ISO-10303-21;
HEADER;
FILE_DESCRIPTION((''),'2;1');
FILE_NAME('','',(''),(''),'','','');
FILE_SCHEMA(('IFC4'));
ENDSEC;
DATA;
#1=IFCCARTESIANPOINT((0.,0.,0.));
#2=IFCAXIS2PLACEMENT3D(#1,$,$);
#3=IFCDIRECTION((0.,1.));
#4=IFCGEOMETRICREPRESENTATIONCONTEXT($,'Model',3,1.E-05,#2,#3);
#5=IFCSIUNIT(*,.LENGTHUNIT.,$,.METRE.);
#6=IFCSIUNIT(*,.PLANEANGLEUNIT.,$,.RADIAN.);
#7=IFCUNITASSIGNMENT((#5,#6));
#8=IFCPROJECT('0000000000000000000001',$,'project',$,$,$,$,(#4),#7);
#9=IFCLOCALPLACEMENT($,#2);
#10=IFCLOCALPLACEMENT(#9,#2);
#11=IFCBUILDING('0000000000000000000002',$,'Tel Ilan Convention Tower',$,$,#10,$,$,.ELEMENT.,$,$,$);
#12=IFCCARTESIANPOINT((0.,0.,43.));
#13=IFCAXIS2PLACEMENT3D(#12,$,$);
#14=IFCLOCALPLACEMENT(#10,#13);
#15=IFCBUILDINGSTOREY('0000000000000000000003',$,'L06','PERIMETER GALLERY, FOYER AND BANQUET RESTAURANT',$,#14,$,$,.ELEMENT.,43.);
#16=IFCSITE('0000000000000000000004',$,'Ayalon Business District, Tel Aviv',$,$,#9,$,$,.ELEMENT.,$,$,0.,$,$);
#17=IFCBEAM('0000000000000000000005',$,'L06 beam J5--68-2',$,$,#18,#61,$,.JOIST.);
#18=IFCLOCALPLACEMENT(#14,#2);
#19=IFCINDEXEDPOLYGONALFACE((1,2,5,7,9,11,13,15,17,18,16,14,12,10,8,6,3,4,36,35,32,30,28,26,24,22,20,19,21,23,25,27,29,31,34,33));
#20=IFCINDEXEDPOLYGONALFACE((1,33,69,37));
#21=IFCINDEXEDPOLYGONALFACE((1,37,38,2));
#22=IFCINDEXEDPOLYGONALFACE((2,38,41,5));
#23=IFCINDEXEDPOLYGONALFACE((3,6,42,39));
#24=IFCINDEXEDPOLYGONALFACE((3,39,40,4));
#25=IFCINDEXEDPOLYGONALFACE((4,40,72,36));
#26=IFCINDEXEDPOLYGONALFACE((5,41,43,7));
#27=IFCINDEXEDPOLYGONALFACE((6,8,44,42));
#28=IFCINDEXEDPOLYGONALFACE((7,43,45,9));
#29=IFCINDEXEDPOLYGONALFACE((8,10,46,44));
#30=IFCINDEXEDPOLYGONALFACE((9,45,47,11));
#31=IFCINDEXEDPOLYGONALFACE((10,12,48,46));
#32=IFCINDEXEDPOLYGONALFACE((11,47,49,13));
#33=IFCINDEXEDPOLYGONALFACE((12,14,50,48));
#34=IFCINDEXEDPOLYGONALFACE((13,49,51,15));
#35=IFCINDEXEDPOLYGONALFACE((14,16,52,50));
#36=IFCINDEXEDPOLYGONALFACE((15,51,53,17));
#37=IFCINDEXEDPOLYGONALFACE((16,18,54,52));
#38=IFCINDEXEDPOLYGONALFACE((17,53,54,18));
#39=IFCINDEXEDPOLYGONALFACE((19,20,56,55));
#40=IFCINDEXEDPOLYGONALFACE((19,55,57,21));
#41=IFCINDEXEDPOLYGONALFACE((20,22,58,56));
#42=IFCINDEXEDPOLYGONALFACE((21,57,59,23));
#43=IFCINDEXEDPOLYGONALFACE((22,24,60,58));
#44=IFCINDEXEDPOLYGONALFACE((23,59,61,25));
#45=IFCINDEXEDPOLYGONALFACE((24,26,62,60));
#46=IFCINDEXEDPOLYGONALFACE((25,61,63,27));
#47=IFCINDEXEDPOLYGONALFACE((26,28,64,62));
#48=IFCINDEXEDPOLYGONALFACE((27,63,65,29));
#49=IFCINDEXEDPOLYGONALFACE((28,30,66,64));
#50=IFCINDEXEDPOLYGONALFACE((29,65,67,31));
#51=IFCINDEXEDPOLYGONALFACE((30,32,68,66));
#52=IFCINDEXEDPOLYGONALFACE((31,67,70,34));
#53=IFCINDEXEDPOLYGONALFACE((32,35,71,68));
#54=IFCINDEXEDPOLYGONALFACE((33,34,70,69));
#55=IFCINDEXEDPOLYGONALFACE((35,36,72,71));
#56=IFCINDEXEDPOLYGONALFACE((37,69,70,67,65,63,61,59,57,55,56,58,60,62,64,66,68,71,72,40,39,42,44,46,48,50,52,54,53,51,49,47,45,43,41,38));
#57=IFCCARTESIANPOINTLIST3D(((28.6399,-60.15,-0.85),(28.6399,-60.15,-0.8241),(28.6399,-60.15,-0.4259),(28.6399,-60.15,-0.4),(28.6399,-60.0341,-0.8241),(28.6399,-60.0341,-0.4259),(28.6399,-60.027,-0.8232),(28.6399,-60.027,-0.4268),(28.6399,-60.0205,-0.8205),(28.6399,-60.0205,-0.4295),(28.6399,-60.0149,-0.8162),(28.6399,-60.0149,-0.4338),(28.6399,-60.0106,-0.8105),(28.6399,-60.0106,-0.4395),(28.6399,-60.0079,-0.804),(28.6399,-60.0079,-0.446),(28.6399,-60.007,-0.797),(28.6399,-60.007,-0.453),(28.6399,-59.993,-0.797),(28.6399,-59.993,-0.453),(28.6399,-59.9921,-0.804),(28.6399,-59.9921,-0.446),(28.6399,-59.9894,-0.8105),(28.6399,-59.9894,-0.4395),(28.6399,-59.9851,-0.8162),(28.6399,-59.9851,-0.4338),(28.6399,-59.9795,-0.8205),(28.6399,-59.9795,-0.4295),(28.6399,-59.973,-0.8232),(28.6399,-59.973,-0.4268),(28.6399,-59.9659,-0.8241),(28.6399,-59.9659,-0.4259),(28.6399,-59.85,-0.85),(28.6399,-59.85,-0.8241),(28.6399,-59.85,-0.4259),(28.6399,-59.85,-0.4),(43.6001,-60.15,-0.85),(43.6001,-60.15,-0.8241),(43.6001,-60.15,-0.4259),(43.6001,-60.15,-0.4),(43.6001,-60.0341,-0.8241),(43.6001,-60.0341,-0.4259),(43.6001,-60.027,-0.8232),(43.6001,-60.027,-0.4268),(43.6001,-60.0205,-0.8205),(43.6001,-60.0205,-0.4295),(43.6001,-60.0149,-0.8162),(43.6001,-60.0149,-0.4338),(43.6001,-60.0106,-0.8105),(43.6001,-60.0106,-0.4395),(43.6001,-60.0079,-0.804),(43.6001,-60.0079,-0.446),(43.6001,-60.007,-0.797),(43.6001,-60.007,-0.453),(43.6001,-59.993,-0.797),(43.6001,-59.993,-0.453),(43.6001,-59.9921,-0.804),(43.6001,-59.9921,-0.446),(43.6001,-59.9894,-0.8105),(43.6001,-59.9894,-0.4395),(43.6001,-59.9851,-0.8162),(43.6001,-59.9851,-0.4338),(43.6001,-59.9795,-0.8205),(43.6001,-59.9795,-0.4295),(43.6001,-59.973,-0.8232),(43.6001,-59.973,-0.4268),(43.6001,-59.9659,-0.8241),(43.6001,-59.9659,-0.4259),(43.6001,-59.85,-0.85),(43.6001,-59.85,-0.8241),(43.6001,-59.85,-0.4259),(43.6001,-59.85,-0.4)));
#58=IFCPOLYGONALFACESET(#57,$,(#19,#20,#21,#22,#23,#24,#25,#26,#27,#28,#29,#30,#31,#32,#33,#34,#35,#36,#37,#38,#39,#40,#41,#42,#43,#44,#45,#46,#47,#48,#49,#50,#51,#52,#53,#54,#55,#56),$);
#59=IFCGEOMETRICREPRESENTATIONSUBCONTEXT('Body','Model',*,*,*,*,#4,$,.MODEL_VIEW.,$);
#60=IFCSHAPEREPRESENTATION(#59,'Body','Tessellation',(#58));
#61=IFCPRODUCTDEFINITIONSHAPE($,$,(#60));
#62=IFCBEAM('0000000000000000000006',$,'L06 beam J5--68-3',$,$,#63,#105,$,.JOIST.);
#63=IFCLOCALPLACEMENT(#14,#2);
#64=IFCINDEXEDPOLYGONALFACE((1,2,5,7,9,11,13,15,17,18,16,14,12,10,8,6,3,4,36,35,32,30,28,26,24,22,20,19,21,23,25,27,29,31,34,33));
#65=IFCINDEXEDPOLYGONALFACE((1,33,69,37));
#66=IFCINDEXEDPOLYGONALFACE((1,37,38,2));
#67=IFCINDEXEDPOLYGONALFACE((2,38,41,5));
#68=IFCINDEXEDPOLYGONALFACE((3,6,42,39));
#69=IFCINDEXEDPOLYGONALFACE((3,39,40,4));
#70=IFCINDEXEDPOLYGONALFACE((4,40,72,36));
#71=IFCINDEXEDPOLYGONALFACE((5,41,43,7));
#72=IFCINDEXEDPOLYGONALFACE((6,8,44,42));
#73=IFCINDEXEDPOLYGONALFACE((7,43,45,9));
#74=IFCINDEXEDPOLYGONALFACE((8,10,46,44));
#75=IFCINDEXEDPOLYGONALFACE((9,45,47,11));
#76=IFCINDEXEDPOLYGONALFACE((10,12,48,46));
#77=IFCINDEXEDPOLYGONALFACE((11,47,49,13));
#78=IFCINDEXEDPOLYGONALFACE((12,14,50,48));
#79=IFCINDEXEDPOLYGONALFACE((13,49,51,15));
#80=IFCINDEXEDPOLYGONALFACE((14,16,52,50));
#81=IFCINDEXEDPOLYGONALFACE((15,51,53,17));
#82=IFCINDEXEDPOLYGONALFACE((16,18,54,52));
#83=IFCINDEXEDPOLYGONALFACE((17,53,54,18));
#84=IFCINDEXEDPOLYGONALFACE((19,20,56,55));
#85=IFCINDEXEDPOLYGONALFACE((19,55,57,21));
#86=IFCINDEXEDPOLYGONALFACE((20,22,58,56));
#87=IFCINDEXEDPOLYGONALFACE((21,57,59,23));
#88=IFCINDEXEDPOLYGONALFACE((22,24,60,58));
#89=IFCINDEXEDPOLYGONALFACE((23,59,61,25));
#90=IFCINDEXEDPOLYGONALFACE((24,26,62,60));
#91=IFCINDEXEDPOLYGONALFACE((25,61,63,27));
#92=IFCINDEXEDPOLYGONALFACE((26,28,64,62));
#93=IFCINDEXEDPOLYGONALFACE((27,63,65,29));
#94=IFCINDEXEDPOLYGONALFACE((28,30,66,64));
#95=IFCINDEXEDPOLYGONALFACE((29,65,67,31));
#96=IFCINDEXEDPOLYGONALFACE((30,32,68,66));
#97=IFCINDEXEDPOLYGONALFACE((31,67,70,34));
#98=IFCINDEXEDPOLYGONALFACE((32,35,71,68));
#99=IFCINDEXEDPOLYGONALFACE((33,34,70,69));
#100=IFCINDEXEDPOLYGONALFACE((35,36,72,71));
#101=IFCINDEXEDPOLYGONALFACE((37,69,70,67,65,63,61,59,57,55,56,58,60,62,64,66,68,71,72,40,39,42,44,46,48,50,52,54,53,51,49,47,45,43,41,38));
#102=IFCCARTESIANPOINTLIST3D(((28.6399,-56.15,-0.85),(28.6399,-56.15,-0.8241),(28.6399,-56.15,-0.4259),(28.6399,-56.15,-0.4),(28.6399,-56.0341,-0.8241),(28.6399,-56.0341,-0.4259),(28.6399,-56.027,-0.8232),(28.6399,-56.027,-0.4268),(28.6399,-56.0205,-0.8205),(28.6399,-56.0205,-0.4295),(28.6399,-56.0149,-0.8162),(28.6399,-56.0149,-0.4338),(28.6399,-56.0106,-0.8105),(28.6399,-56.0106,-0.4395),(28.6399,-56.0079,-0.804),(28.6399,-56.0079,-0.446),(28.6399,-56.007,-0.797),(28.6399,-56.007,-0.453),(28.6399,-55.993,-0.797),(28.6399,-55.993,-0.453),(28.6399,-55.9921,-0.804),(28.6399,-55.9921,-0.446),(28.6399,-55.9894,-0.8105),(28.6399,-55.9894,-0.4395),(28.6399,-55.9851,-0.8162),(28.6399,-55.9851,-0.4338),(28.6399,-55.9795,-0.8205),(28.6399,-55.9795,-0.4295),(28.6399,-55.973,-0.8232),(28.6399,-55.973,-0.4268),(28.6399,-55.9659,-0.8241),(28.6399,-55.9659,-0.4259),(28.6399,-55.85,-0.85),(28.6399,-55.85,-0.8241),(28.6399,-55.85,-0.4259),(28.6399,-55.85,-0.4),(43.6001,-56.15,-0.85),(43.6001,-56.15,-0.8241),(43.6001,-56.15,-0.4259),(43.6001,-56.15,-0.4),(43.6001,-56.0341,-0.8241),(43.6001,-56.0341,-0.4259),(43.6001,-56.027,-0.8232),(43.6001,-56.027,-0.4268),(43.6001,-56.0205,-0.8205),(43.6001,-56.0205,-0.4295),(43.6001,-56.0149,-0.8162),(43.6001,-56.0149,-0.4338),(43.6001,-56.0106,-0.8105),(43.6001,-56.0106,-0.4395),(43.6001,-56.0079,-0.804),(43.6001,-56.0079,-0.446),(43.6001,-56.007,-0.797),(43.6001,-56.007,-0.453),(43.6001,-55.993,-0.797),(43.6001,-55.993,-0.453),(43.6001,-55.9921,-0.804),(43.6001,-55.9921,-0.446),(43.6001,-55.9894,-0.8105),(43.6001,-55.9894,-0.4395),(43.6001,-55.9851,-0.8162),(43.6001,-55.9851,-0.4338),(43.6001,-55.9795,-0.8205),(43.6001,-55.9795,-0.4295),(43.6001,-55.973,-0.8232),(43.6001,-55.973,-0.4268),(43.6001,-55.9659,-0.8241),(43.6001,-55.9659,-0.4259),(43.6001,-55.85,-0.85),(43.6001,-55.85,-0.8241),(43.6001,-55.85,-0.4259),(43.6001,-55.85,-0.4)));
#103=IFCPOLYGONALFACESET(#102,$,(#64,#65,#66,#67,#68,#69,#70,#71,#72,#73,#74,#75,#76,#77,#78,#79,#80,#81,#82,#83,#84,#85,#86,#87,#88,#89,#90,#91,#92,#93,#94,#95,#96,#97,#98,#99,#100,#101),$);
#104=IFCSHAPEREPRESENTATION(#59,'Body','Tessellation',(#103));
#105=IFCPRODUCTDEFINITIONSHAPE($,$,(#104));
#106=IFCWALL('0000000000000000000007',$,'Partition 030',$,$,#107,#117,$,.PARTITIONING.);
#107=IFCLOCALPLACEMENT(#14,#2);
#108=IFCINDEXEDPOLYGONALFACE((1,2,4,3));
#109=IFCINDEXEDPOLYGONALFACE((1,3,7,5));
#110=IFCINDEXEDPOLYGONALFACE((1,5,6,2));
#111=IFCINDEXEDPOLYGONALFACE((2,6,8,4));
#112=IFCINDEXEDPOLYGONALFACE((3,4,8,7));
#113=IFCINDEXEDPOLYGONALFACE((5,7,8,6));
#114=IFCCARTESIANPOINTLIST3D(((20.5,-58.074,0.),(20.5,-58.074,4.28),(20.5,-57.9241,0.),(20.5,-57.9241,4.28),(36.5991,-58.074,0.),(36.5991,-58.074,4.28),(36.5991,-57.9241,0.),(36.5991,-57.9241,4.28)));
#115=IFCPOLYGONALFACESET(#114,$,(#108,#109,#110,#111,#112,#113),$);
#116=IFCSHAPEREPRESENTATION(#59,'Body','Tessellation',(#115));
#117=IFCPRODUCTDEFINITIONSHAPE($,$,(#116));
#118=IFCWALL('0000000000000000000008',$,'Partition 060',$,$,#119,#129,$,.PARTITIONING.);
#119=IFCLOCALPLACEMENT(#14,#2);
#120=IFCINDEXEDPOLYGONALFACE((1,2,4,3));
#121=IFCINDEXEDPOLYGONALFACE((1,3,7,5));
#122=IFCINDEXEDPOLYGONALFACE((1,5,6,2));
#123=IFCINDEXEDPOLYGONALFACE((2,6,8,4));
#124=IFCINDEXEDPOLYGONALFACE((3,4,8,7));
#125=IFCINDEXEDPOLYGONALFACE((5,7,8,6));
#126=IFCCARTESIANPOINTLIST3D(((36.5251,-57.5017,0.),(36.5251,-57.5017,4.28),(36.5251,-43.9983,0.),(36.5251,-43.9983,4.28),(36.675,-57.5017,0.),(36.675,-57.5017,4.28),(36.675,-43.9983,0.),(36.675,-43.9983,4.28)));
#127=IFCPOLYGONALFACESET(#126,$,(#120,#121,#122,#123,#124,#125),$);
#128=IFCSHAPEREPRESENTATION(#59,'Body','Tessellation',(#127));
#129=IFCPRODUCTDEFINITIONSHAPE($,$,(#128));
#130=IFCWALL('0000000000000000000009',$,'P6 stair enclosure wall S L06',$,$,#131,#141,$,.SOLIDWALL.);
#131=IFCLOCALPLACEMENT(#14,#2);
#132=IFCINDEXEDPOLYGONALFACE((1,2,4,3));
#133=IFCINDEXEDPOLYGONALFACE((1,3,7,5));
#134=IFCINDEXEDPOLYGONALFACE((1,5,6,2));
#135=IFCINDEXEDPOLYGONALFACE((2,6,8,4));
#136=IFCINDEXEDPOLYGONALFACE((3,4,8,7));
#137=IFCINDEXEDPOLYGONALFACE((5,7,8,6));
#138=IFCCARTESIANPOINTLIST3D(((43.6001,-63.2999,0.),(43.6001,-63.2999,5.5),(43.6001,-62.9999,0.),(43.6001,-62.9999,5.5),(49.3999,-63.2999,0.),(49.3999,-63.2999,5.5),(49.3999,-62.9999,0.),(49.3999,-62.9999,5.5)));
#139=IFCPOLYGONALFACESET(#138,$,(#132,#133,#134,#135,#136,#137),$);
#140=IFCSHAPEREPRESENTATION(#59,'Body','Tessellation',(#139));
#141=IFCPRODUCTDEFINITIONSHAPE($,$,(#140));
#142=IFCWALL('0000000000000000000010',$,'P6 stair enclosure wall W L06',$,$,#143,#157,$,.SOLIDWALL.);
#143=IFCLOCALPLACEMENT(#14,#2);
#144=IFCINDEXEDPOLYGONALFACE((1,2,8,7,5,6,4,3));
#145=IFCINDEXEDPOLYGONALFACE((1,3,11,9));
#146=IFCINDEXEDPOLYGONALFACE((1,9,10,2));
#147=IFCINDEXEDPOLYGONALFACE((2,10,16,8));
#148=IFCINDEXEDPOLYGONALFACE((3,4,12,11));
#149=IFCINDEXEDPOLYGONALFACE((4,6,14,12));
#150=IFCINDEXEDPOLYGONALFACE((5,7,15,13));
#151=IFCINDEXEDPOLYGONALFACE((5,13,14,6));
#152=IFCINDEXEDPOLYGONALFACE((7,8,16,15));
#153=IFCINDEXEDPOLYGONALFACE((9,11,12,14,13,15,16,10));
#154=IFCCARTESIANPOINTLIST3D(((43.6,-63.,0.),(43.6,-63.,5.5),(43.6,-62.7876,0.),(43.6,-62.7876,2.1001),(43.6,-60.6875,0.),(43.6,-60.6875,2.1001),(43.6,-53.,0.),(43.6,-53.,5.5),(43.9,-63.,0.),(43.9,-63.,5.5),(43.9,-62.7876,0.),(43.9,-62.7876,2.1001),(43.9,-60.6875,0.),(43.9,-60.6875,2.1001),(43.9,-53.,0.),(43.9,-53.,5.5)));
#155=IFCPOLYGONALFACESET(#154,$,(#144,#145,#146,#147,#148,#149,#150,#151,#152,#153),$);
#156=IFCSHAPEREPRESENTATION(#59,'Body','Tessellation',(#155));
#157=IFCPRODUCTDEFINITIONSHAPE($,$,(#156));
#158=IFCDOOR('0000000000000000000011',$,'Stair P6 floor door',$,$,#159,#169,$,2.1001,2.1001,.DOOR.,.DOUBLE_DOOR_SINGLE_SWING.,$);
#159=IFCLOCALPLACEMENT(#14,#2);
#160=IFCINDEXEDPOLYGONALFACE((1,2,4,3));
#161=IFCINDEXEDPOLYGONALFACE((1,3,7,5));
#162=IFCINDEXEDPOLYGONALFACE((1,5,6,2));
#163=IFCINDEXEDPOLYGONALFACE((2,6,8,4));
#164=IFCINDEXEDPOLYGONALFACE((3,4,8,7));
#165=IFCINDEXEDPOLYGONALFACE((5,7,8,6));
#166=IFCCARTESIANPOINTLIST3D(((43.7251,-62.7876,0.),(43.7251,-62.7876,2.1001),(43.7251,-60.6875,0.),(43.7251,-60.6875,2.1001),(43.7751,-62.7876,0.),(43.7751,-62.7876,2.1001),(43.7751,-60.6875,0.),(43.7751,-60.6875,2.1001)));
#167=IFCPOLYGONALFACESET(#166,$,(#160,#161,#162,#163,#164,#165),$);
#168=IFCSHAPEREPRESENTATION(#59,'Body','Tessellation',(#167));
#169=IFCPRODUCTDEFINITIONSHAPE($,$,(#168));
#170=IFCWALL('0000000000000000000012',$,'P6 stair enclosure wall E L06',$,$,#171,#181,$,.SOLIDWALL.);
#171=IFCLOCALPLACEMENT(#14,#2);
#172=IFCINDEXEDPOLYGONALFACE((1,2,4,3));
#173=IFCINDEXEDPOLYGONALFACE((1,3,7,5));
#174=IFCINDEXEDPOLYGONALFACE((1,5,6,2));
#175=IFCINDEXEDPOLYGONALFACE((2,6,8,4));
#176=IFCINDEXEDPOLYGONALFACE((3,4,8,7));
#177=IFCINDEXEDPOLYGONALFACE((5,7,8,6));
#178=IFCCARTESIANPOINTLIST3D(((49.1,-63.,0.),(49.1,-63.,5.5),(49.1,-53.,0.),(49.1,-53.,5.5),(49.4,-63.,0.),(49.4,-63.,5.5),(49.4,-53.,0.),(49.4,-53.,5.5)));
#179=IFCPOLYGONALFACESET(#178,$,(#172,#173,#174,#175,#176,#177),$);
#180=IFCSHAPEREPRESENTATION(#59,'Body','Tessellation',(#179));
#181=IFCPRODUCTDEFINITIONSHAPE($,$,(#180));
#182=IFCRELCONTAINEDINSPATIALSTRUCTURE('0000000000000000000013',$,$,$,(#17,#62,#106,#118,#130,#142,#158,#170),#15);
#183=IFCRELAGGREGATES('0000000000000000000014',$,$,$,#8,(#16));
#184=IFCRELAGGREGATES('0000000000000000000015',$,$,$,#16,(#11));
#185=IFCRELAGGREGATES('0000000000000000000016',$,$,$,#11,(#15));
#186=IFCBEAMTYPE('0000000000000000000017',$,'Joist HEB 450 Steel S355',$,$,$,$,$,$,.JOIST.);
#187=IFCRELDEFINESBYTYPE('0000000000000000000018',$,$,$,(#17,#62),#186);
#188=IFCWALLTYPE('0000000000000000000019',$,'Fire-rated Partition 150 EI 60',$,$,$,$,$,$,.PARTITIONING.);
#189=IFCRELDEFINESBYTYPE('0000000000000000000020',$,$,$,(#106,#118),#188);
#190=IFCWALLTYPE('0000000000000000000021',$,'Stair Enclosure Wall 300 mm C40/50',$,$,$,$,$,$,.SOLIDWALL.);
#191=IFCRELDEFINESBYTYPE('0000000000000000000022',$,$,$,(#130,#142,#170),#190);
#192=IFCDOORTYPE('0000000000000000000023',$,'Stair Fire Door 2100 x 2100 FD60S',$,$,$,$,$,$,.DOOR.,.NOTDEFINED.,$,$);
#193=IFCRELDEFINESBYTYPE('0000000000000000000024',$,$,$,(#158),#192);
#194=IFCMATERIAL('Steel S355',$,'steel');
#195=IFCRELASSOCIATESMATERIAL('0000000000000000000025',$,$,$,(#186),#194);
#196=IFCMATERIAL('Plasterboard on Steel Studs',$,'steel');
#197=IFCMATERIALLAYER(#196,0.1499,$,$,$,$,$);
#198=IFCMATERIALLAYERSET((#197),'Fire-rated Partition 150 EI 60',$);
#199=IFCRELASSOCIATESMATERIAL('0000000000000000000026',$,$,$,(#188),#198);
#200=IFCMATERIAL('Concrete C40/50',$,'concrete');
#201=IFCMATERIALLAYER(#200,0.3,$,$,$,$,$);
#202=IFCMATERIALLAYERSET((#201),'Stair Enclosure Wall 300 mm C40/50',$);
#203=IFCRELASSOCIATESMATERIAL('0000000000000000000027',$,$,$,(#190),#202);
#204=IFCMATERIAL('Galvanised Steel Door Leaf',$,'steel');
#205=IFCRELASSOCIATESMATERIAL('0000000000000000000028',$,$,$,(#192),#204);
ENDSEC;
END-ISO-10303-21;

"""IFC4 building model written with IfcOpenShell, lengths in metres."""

from ifc_helpers import new_model, si_unit, direction, frame, frame_2d, origin, origin_2d, place, context, subcontext, project, spatial, rectangle, i_section, extrude, material, layer, layer_set, material_profile, profile_set, type_object, element, fill, save


model = new_model("IFC4")

# Units and contexts
model_context = context("Model", 3, precision=1e-05, world=origin(), true_north=direction((0.0, 1.0)))
body_context = subcontext(model_context, "Body", "Model", "MODEL_VIEW")
ifc_project = project(units=[si_unit("LENGTHUNIT", "METRE"), si_unit("PLANEANGLEUNIT", "RADIAN")], contexts=[model_context])

# Site, building, storey
site_placement = place(None, origin())
site = spatial("IfcSite", under=ifc_project, at=site_placement, Name="Ayalon Business District, Tel Aviv", CompositionType="ELEMENT", RefElevation=0.0)
building_placement = place(site_placement, origin())
building = spatial("IfcBuilding", under=site, at=building_placement, Name="Tel Ilan Convention Tower", CompositionType="ELEMENT")
storey_placement = place(building_placement, frame((0.0, 0.0, 43.0)))
storey = spatial("IfcBuildingStorey", under=building, at=storey_placement, Name="L06", Description="PERIMETER GALLERY, FOYER AND BANQUET RESTAURANT", CompositionType="ELEMENT", Elevation=43.0)

# Beams
ifc_material_1 = material(Name="Steel S355", Category="steel")
ifc_material_profile_1 = material_profile(ifc_material_1, i_section(OverallWidth=0.3, OverallDepth=0.45, WebThickness=0.0139, FlangeThickness=0.0259, FilletRadius=0.0271, at=origin_2d()), Name="HEB 450")
ifc_profile_set_1 = profile_set([ifc_material_profile_1], Name="Steel S355")
beam_type_1 = type_object("IfcBeamType", Name="Joist HEB 450 Steel S355", PredefinedType="JOIST", material=ifc_profile_set_1)
for number, where, z_axis, x_axis, name in (
    (1, (28.6399, -60.0, -0.625), (1.0, 0.0, 0.0), (0.0, 1.0, 0.0), "L06 beam J5--68-2"),
    (2, (28.6399, -56.0, -0.625), (1.0, 0.0, 0.0), (0.0, 1.0, 0.0), "L06 beam J5--68-3"),
):
    element("IfcBeam", number, at=place(storey_placement, frame(where, z_axis=z_axis, x_axis=x_axis)), inside=storey, type_object=beam_type_1, Name=name, PredefinedType="JOIST", context=body_context, shape_type="SweptSolid", body=[
        extrude(i_section(OverallWidth=0.3, OverallDepth=0.45, WebThickness=0.0139, FlangeThickness=0.0259, FilletRadius=0.0271, at=origin_2d()), origin(), (0.0, 0.0, 1.0), 14.9602),
    ])

# Walls
ifc_material_2 = material(Name="Plasterboard on Steel Studs", Category="steel")
ifc_layer_1 = layer(ifc_material_2, 0.1499)
ifc_layer_set_1 = layer_set([ifc_layer_1], Name="Fire-rated Partition 150 EI 60")
wall_type_1 = type_object("IfcWallType", Name="Fire-rated Partition 150 EI 60", PredefinedType="PARTITIONING", material=ifc_layer_set_1)
wall_1_placement = place(storey_placement, frame((36.5991, -57.999, 0.0), z_axis=(0.0, 0.0, 1.0), x_axis=(-1.0, 0.0, 0.0)))
element("IfcWall", 3, at=wall_1_placement, inside=storey, type_object=wall_type_1, Name="Partition 030", PredefinedType="PARTITIONING", context=body_context, shape_type="SweptSolid", body=[
    extrude(rectangle(XDim=16.0991, YDim=0.1499, at=frame_2d((8.0496, 0.0))), origin(), (0.0, 0.0, 1.0), 4.28),
])
wall_2_placement = place(storey_placement, frame((36.6001, -57.5017, 0.0), z_axis=(0.0, 0.0, 1.0), x_axis=(0.0, 1.0, 0.0)))
element("IfcWall", 4, at=wall_2_placement, inside=storey, type_object=wall_type_1, Name="Partition 060", PredefinedType="PARTITIONING", context=body_context, shape_type="SweptSolid", body=[
    extrude(rectangle(XDim=13.5034, YDim=0.1499, at=frame_2d((6.7517, 0.0))), origin(), (0.0, 0.0, 1.0), 4.28),
])
ifc_material_3 = material(Name="Concrete C40/50", Category="concrete")
ifc_layer_2 = layer(ifc_material_3, 0.3)
ifc_layer_set_2 = layer_set([ifc_layer_2], Name="Stair Enclosure Wall 300 mm C40/50")
wall_type_2 = type_object("IfcWallType", Name="Stair Enclosure Wall 300 mm C40/50", PredefinedType="SOLIDWALL", material=ifc_layer_set_2)
wall_3_placement = place(storey_placement, frame((43.6001, -63.1499, 0.0), z_axis=(0.0, 0.0, 1.0), x_axis=(1.0, 0.0, 0.0)))
element("IfcWall", 5, at=wall_3_placement, inside=storey, type_object=wall_type_2, Name="P6 stair enclosure wall S L06", PredefinedType="SOLIDWALL", context=body_context, shape_type="SweptSolid", body=[
    extrude(rectangle(XDim=5.7998, YDim=0.3, at=frame_2d((2.8999, 0.0))), origin(), (0.0, 0.0, 1.0), 5.5),
])

# Wall, opening, door
wall_4_placement = place(storey_placement, frame((43.75, -63.0, 0.0), z_axis=(0.0, 0.0, 1.0), x_axis=(0.0, 1.0, 0.0)))
wall_4 = element("IfcWall", 6, at=wall_4_placement, inside=storey, type_object=wall_type_2, Name="P6 stair enclosure wall W L06", PredefinedType="SOLIDWALL", context=body_context, shape_type="SweptSolid", body=[
    extrude(rectangle(XDim=10.0, YDim=0.3, at=frame_2d((5.0, 0.0))), origin(), (0.0, 0.0, 1.0), 5.5),
])
opening_placement = place(wall_4_placement, frame((0.2124, 0.0, 0.0)))
opening = element("IfcOpeningElement", 7, at=opening_placement, cuts=wall_4, PredefinedType="OPENING", context=body_context, shape_type="SweptSolid", body=[
    extrude(rectangle(XDim=2.1001, YDim=2.1001, at=frame_2d((1.05, 1.05))), frame((0.0, 0.1599, 0.0), z_axis=(0.0, -1.0, 0.0), x_axis=(1.0, 0.0, 0.0)), (0.0, 0.0, 1.0), 0.3201),
])
ifc_material_4 = material(Name="Galvanised Steel Door Leaf", Category="steel")
door_type = type_object("IfcDoorType", Name="Stair Fire Door 2100 x 2100 FD60S", OperationType="NOTDEFINED", PredefinedType="DOOR", material=ifc_material_4)
door_placement = place(opening_placement, origin())
door = element("IfcDoor", 8, at=door_placement, inside=storey, type_object=door_type, Name="Stair P6 floor door", OperationType="DOUBLE_DOOR_SINGLE_SWING", OverallHeight=2.1001, OverallWidth=2.1001, PredefinedType="DOOR", context=body_context, shape_type="SweptSolid", body=[
    extrude(rectangle(XDim=2.1001, YDim=2.1001, at=frame_2d((1.05, 1.05))), frame((0.0, 0.0249, 0.0), z_axis=(0.0, -1.0, 0.0), x_axis=(1.0, 0.0, 0.0)), (0.0, 0.0, 1.0), 0.05),
])
fill(opening, door)

# Wall
wall_5_placement = place(storey_placement, frame((49.25, -63.0, 0.0), z_axis=(0.0, 0.0, 1.0), x_axis=(0.0, 1.0, 0.0)))
element("IfcWall", 9, at=wall_5_placement, inside=storey, type_object=wall_type_2, Name="P6 stair enclosure wall E L06", PredefinedType="SOLIDWALL", context=body_context, shape_type="SweptSolid", body=[
    extrude(rectangle(XDim=10.0, YDim=0.3, at=frame_2d((5.0, 0.0))), origin(), (0.0, 0.0, 1.0), 5.5),
])

save(model, "model.ifc")
